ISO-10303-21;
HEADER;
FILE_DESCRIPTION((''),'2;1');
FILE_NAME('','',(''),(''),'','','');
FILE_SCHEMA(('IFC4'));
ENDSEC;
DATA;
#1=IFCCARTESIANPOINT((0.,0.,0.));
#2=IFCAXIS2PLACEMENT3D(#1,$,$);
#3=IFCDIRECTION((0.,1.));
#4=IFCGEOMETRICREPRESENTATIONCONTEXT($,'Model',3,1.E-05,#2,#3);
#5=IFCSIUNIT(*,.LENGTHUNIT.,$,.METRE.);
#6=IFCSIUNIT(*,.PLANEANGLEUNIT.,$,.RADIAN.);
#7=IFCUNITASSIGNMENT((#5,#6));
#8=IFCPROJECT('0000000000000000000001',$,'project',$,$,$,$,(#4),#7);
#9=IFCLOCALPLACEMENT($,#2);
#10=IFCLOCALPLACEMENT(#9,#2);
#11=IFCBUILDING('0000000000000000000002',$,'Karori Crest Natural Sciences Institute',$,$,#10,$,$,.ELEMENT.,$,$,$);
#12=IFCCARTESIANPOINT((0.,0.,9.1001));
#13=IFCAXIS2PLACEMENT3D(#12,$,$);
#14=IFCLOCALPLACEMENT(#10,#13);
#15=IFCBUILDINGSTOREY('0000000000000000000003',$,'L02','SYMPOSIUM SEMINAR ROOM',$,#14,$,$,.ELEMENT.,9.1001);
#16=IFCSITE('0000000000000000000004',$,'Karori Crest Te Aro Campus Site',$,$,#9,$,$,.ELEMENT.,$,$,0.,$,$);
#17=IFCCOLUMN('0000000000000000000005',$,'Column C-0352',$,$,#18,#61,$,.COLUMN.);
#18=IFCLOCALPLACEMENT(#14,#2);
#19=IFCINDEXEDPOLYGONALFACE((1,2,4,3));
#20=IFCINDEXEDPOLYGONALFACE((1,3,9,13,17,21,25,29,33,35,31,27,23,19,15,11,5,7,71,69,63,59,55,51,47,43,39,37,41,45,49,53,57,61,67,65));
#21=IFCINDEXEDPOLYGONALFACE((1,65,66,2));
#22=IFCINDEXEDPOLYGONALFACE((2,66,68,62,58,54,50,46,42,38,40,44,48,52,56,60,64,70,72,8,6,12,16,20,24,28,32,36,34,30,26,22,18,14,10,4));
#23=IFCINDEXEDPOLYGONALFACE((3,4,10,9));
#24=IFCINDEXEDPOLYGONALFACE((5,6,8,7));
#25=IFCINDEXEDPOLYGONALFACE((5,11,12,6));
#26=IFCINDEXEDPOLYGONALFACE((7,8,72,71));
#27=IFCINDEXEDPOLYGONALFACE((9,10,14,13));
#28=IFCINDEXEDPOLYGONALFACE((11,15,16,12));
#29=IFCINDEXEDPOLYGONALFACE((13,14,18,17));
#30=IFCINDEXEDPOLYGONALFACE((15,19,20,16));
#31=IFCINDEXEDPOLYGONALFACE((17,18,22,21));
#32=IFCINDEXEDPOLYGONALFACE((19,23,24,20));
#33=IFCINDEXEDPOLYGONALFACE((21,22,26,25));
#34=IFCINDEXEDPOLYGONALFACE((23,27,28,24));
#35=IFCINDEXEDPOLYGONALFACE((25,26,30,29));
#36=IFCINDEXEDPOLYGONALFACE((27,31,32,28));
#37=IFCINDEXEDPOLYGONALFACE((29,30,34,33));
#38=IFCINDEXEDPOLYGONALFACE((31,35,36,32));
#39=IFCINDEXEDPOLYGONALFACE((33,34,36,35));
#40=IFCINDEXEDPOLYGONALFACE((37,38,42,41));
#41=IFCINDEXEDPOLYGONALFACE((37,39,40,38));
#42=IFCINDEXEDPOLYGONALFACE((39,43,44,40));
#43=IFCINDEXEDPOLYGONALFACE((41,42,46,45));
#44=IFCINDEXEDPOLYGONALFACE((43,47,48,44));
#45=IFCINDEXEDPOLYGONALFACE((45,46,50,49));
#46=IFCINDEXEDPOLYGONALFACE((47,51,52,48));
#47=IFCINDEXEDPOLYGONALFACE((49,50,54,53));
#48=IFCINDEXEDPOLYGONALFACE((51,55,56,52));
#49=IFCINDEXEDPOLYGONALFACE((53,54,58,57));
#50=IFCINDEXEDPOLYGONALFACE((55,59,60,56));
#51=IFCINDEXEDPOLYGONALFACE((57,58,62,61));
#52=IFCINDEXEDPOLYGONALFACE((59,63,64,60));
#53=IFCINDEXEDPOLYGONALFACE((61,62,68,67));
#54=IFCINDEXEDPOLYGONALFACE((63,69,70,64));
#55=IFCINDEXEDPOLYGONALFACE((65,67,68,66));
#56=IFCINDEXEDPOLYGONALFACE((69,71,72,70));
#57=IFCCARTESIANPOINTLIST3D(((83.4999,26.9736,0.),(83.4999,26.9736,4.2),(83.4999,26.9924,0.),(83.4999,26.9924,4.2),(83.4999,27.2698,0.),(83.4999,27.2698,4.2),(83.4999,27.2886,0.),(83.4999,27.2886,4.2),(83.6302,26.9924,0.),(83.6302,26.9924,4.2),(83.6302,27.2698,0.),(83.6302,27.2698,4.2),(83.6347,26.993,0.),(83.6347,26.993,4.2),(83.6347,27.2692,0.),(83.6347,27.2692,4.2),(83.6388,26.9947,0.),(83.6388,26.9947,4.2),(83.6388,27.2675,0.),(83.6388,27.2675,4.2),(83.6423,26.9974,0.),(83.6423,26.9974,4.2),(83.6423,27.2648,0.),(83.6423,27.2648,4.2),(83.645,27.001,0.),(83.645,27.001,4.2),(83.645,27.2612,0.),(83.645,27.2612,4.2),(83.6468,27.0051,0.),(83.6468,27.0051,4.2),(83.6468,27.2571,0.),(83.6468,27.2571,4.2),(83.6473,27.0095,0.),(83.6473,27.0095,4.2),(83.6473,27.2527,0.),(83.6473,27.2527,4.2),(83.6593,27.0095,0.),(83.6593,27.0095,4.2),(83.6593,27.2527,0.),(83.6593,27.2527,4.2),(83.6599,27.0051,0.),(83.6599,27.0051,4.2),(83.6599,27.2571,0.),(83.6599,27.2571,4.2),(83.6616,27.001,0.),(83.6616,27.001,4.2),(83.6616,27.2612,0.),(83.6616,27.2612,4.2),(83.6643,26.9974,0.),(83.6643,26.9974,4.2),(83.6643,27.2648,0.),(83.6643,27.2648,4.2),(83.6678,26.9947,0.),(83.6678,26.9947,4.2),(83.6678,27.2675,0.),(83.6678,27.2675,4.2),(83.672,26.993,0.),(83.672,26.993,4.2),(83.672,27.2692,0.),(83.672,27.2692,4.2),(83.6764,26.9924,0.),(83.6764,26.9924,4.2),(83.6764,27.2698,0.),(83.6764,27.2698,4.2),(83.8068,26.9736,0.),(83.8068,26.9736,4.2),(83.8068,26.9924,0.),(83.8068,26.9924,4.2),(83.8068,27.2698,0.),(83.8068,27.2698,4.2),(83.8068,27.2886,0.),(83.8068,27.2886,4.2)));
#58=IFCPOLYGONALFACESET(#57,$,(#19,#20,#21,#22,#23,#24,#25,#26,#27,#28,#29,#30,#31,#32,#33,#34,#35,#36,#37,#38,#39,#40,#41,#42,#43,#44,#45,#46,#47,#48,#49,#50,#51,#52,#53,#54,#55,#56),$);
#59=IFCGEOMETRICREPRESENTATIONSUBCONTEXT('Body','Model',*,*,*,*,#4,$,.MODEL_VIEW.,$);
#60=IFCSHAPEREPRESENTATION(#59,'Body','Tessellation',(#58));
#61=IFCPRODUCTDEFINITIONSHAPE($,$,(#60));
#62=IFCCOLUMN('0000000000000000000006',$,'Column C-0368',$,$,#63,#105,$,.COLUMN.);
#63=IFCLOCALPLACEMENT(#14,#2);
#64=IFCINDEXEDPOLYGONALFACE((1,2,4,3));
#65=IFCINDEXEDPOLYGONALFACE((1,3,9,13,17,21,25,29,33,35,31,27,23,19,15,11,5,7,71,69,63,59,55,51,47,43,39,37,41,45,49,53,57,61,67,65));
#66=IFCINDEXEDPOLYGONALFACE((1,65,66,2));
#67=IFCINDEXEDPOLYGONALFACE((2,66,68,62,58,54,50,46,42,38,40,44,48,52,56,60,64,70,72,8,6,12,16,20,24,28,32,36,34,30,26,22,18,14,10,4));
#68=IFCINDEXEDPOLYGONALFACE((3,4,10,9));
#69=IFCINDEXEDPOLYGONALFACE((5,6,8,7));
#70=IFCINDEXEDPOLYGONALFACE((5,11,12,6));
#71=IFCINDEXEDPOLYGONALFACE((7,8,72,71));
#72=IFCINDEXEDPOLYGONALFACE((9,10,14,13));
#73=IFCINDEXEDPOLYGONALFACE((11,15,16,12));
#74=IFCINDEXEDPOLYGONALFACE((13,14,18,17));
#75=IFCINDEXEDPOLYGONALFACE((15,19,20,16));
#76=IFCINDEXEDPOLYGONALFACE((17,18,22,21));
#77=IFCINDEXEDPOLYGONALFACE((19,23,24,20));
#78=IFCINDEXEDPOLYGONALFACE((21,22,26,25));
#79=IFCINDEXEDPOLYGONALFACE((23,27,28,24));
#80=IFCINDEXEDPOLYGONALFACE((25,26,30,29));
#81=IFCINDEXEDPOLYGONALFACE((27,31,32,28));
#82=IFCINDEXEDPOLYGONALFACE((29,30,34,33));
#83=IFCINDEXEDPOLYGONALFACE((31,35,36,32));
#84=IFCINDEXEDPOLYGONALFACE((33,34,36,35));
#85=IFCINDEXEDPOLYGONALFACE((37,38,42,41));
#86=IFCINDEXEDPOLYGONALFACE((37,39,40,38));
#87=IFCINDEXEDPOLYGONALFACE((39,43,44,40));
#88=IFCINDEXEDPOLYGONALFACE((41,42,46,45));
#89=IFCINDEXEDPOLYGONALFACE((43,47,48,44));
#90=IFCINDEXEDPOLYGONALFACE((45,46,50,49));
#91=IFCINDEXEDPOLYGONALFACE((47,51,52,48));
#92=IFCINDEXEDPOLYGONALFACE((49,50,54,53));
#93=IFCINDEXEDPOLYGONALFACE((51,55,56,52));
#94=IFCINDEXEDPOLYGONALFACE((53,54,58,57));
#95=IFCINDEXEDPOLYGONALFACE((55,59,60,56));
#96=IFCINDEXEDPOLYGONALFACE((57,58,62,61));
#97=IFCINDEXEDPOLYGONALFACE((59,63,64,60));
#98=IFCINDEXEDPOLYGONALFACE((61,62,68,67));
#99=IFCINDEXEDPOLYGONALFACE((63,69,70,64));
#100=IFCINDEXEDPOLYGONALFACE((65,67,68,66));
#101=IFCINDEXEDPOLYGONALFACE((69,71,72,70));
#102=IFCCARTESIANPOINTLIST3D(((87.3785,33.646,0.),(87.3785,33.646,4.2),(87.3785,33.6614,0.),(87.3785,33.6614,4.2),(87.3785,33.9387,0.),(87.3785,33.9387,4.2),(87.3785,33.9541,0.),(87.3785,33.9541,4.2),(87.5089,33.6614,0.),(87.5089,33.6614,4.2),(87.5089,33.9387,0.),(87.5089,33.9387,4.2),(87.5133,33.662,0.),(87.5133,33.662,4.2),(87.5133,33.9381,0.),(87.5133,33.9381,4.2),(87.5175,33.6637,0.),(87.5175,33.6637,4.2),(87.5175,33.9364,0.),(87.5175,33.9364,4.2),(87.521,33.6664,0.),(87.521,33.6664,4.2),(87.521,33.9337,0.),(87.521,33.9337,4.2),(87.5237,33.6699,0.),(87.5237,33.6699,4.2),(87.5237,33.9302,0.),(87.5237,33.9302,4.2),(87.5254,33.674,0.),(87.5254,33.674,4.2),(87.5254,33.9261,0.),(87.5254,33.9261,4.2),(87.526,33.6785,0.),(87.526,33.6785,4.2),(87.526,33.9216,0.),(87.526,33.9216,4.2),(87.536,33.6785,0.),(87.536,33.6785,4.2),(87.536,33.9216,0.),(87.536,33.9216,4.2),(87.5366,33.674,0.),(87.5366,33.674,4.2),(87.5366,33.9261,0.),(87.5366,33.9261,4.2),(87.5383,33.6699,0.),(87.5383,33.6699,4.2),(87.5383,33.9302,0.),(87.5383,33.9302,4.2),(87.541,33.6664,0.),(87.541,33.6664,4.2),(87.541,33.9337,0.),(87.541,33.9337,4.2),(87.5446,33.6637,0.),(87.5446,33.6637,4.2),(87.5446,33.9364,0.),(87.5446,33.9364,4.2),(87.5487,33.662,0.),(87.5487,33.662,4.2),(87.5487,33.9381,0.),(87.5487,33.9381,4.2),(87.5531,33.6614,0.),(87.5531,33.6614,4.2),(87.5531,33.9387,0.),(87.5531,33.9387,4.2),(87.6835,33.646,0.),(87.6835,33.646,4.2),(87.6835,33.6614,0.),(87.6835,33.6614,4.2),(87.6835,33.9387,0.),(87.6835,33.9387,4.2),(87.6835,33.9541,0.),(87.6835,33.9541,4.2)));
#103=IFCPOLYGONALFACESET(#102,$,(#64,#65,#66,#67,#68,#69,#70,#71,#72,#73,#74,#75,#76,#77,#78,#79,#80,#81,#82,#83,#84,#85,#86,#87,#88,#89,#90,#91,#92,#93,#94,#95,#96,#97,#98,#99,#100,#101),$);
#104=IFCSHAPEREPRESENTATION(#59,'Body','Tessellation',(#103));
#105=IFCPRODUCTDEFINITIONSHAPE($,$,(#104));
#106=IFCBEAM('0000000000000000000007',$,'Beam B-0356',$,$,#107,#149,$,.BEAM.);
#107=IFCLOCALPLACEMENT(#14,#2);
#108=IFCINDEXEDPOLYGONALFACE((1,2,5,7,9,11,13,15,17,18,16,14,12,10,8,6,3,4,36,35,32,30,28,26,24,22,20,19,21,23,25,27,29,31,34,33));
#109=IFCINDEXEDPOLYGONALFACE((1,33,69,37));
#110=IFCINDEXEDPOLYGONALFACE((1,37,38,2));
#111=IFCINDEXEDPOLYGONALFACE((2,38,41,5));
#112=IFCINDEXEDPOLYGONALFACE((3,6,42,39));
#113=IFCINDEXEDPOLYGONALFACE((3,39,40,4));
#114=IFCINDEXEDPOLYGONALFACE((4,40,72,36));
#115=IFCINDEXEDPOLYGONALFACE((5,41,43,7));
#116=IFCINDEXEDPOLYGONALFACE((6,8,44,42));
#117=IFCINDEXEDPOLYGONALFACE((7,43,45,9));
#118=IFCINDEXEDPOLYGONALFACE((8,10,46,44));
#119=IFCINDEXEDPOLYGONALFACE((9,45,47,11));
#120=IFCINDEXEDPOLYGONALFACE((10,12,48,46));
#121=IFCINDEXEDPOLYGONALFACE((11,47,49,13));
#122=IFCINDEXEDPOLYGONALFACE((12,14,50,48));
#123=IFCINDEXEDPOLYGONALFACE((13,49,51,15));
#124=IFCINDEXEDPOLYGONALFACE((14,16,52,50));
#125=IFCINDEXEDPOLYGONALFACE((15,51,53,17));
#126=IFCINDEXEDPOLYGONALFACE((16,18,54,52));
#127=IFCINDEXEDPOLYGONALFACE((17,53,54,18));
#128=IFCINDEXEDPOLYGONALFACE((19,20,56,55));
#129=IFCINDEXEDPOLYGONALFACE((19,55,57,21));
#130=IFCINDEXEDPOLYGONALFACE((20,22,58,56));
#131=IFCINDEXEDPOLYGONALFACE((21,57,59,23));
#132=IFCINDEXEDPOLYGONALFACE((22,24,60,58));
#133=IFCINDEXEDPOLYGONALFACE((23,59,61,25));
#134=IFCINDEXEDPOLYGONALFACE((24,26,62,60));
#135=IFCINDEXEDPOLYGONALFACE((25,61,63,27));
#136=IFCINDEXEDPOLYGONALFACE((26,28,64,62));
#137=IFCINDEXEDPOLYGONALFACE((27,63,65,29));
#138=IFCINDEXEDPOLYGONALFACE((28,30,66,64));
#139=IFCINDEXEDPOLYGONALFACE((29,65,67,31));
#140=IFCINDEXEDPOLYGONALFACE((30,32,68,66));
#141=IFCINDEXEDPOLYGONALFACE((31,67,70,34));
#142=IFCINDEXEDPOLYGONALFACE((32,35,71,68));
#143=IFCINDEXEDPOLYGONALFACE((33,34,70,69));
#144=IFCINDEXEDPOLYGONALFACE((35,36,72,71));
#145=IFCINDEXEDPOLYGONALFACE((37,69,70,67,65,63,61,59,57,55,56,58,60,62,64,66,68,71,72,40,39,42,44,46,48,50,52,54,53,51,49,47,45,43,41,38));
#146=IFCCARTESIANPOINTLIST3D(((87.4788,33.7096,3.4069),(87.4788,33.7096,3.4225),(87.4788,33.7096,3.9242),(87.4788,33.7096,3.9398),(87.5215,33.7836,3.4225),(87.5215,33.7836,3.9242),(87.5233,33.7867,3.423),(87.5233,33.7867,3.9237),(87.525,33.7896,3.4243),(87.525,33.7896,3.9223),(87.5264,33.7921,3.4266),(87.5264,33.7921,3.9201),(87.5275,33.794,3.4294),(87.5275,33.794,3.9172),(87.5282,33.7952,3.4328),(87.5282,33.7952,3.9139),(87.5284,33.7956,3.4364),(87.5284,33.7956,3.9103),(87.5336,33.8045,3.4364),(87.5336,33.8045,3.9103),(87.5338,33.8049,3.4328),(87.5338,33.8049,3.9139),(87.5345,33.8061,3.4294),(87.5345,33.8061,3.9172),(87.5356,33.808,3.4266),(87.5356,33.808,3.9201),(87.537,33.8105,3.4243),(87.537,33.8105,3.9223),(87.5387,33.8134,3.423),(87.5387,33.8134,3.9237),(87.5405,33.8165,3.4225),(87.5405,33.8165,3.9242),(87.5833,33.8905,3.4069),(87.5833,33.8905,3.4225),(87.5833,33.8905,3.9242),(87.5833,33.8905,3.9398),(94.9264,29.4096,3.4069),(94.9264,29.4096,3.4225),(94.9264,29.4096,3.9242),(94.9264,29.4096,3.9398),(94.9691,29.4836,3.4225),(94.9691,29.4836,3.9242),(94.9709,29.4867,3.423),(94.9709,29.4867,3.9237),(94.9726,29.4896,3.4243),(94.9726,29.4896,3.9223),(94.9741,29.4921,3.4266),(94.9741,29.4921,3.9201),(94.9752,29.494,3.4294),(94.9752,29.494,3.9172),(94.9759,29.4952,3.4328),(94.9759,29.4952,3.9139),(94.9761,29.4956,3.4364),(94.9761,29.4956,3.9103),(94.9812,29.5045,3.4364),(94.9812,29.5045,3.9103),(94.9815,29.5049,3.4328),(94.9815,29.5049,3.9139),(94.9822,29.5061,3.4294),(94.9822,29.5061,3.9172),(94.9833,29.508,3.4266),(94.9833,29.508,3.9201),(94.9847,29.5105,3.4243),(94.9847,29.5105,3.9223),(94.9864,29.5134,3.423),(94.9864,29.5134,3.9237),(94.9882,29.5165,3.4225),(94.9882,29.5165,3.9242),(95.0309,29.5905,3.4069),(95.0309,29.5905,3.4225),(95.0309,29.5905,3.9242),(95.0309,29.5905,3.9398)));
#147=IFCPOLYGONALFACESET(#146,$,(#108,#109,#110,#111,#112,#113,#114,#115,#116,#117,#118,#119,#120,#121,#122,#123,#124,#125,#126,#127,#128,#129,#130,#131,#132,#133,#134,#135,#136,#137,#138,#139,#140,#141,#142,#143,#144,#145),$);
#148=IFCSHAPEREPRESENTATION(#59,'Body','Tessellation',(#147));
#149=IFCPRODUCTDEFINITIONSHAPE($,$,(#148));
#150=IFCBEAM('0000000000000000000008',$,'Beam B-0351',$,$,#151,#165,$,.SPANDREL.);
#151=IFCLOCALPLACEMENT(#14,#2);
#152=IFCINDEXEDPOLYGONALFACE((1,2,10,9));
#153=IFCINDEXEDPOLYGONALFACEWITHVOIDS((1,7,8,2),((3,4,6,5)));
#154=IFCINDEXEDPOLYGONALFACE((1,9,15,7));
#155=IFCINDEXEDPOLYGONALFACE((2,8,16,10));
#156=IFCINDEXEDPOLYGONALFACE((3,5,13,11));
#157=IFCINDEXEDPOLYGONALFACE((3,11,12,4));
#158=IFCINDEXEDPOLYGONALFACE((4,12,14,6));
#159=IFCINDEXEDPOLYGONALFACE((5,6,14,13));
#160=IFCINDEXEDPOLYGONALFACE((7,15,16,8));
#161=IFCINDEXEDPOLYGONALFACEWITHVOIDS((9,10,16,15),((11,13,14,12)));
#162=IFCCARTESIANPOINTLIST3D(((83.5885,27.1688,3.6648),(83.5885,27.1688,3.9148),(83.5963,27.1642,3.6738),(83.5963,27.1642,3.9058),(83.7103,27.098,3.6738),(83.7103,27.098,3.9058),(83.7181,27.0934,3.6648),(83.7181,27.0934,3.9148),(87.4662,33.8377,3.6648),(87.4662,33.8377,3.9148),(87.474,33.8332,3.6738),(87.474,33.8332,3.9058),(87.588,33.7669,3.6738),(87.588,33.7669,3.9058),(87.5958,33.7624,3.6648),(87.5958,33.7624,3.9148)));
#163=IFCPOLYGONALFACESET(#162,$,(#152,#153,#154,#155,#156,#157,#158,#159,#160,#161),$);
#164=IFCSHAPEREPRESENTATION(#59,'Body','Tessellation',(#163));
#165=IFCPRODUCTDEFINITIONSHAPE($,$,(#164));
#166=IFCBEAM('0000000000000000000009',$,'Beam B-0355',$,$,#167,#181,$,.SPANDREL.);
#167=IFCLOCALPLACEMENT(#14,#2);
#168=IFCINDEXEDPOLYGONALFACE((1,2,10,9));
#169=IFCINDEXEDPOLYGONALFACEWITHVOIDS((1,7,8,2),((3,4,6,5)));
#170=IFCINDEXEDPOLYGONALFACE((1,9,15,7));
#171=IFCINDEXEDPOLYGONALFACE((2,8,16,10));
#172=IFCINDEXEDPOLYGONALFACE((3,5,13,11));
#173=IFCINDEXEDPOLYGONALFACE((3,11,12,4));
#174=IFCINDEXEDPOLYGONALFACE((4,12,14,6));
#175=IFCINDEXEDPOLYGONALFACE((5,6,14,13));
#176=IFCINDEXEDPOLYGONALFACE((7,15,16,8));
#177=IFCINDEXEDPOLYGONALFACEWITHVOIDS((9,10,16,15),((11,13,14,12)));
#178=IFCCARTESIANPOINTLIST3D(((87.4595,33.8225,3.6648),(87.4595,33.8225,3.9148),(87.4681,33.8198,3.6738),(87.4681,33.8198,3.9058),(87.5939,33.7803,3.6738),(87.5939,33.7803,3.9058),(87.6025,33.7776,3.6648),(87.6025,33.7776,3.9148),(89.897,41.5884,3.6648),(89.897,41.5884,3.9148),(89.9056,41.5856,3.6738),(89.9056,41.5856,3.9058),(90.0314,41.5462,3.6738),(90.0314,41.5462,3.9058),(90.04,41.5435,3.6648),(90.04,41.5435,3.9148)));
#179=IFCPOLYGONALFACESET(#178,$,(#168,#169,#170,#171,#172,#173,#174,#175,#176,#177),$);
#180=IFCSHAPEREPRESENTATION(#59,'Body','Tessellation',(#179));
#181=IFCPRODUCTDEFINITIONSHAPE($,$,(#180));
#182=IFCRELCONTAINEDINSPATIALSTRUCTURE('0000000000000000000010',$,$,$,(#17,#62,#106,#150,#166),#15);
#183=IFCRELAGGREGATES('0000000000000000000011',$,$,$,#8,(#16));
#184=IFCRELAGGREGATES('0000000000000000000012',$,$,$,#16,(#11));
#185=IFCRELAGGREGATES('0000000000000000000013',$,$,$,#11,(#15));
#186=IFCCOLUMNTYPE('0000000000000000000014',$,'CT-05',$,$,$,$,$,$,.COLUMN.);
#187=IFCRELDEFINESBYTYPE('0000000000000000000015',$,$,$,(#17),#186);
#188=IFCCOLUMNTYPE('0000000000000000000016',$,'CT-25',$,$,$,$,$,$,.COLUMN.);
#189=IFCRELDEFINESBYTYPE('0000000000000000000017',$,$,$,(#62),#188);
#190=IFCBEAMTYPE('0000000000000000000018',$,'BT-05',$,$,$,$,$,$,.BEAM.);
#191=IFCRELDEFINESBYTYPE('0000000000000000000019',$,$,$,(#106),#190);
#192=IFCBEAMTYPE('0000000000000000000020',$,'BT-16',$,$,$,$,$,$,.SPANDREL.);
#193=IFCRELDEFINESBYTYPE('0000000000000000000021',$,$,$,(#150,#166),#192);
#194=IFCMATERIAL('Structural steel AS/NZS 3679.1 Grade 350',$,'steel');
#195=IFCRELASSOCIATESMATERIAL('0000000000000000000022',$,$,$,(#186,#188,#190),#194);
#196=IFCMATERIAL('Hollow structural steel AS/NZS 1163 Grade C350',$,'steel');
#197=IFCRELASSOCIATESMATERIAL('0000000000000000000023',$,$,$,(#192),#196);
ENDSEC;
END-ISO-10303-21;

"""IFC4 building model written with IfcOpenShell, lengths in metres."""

from ifc_helpers import new_model, si_unit, direction, frame, origin, origin_2d, place, context, subcontext, project, spatial, hollow_rectangle, i_section, extrude, material, material_profile, profile_set, type_object, element, save


model = new_model("IFC4")

# Units and contexts
model_context = context("Model", 3, precision=1e-05, world=origin(), true_north=direction((0.0, 1.0)))
body_context = subcontext(model_context, "Body", "Model", "MODEL_VIEW")
ifc_project = project(units=[si_unit("LENGTHUNIT", "METRE"), si_unit("PLANEANGLEUNIT", "RADIAN")], contexts=[model_context])

# Site, building, storey
site_placement = place(None, origin())
site = spatial("IfcSite", under=ifc_project, at=site_placement, Name="Karori Crest Te Aro Campus Site", CompositionType="ELEMENT", RefElevation=0.0)
building_placement = place(site_placement, origin())
building = spatial("IfcBuilding", under=site, at=building_placement, Name="Karori Crest Natural Sciences Institute", CompositionType="ELEMENT")
storey_placement = place(building_placement, frame((0.0, 0.0, 9.1001)))
storey = spatial("IfcBuildingStorey", under=building, at=storey_placement, Name="L02", Description="SYMPOSIUM SEMINAR ROOM", CompositionType="ELEMENT", Elevation=9.1001)

# Columns
ifc_material_1 = material(Name="Structural steel AS/NZS 3679.1 Grade 350", Category="steel")
ifc_material_profile_1 = material_profile(ifc_material_1, i_section(OverallWidth=0.3069, OverallDepth=0.3149, WebThickness=0.012, FlangeThickness=0.0188, FilletRadius=0.0171, at=origin_2d()), Name="310UC118")
ifc_profile_set_1 = profile_set([ifc_material_profile_1], Name="Structural steel AS/NZS 3679.1 Grade 350")
column_type_1 = type_object("IfcColumnType", Name="CT-05", PredefinedType="COLUMN", material=ifc_profile_set_1)
column_1_placement = place(storey_placement, frame((83.6533, 27.1311, 0.0), z_axis=(0.0, 0.0, 1.0), x_axis=(1.0, 0.0, 0.0)))
element("IfcColumn", 1, at=column_1_placement, inside=storey, type_object=column_type_1, Name="Column C-0352", PredefinedType="COLUMN", context=body_context, shape_type="SweptSolid", body=[
    extrude(i_section(OverallWidth=0.3069, OverallDepth=0.3149, WebThickness=0.012, FlangeThickness=0.0188, FilletRadius=0.0171, at=origin_2d()), origin(), (0.0, 0.0, 1.0), 4.2),
])
ifc_material_profile_2 = material_profile(ifc_material_1, i_section(OverallWidth=0.3049, OverallDepth=0.3081, WebThickness=0.01, FlangeThickness=0.0154, FilletRadius=0.0171, at=origin_2d()), Name="310UC96.8")
ifc_profile_set_2 = profile_set([ifc_material_profile_2], Name="Structural steel AS/NZS 3679.1 Grade 350")
column_type_2 = type_object("IfcColumnType", Name="CT-25", PredefinedType="COLUMN", material=ifc_profile_set_2)
column_2_placement = place(storey_placement, frame((87.531, 33.8, 0.0), z_axis=(0.0, 0.0, 1.0), x_axis=(1.0, 0.0, 0.0)))
element("IfcColumn", 2, at=column_2_placement, inside=storey, type_object=column_type_2, Name="Column C-0368", PredefinedType="COLUMN", context=body_context, shape_type="SweptSolid", body=[
    extrude(i_section(OverallWidth=0.3049, OverallDepth=0.3081, WebThickness=0.01, FlangeThickness=0.0154, FilletRadius=0.0171, at=origin_2d()), origin(), (0.0, 0.0, 1.0), 4.2),
])

# Beams
ifc_material_profile_3 = material_profile(ifc_material_1, i_section(OverallWidth=0.209, OverallDepth=0.533, WebThickness=0.0103, FlangeThickness=0.0156, FilletRadius=0.0139, at=origin_2d()), Name="530UB92.4")
ifc_profile_set_3 = profile_set([ifc_material_profile_3], Name="Structural steel AS/NZS 3679.1 Grade 350")
beam_type_1 = type_object("IfcBeamType", Name="BT-05", PredefinedType="BEAM", material=ifc_profile_set_3)
beam_1_placement = place(storey_placement, frame((87.531, 33.8, 3.6733), z_axis=(0.866021, -0.500008, 0.0), x_axis=(0.500008, 0.866021, 0.0)))
element("IfcBeam", 3, at=beam_1_placement, inside=storey, type_object=beam_type_1, Name="Beam B-0356", PredefinedType="BEAM", context=body_context, shape_type="SweptSolid", body=[
    extrude(i_section(OverallWidth=0.209, OverallDepth=0.533, WebThickness=0.0103, FlangeThickness=0.0156, FilletRadius=0.0139, at=origin_2d()), origin(), (0.0, 0.0, 1.0), 8.5999),
])
ifc_material_2 = material(Name="Hollow structural steel AS/NZS 1163 Grade C350", Category="steel")
ifc_material_profile_4 = material_profile(ifc_material_2, hollow_rectangle(XDim=0.1499, YDim=0.25, WallThickness=0.009, at=origin_2d()), Name="RHS250x150x9")
ifc_profile_set_4 = profile_set([ifc_material_profile_4], Name="Hollow structural steel AS/NZS 1163 Grade C350")
beam_type_2 = type_object("IfcBeamType", Name="BT-16", PredefinedType="SPANDREL", material=ifc_profile_set_4)
beam_2_placement = place(storey_placement, frame((83.6533, 27.1311, 3.7898), z_axis=(0.502658, 0.864485, 0.0), x_axis=(-0.864485, 0.502658, 0.0)))
element("IfcBeam", 4, at=beam_2_placement, inside=storey, type_object=beam_type_2, Name="Beam B-0351", PredefinedType="SPANDREL", context=body_context, shape_type="SweptSolid", body=[
    extrude(hollow_rectangle(XDim=0.1499, YDim=0.25, WallThickness=0.009, at=origin_2d()), origin(), (0.0, 0.0, 1.0), 7.7144),
])
beam_3_placement = place(storey_placement, frame((87.531, 33.8, 3.7898), z_axis=(0.299469, 0.954106, 0.0), x_axis=(-0.954106, 0.299469, 0.0)))
element("IfcBeam", 5, at=beam_3_placement, inside=storey, type_object=beam_type_2, Name="Beam B-0355", PredefinedType="SPANDREL", context=body_context, shape_type="SweptSolid", body=[
    extrude(hollow_rectangle(XDim=0.1499, YDim=0.25, WallThickness=0.009, at=origin_2d()), origin(), (0.0, 0.0, 1.0), 8.1394),
])

save(model, "model.ifc")
